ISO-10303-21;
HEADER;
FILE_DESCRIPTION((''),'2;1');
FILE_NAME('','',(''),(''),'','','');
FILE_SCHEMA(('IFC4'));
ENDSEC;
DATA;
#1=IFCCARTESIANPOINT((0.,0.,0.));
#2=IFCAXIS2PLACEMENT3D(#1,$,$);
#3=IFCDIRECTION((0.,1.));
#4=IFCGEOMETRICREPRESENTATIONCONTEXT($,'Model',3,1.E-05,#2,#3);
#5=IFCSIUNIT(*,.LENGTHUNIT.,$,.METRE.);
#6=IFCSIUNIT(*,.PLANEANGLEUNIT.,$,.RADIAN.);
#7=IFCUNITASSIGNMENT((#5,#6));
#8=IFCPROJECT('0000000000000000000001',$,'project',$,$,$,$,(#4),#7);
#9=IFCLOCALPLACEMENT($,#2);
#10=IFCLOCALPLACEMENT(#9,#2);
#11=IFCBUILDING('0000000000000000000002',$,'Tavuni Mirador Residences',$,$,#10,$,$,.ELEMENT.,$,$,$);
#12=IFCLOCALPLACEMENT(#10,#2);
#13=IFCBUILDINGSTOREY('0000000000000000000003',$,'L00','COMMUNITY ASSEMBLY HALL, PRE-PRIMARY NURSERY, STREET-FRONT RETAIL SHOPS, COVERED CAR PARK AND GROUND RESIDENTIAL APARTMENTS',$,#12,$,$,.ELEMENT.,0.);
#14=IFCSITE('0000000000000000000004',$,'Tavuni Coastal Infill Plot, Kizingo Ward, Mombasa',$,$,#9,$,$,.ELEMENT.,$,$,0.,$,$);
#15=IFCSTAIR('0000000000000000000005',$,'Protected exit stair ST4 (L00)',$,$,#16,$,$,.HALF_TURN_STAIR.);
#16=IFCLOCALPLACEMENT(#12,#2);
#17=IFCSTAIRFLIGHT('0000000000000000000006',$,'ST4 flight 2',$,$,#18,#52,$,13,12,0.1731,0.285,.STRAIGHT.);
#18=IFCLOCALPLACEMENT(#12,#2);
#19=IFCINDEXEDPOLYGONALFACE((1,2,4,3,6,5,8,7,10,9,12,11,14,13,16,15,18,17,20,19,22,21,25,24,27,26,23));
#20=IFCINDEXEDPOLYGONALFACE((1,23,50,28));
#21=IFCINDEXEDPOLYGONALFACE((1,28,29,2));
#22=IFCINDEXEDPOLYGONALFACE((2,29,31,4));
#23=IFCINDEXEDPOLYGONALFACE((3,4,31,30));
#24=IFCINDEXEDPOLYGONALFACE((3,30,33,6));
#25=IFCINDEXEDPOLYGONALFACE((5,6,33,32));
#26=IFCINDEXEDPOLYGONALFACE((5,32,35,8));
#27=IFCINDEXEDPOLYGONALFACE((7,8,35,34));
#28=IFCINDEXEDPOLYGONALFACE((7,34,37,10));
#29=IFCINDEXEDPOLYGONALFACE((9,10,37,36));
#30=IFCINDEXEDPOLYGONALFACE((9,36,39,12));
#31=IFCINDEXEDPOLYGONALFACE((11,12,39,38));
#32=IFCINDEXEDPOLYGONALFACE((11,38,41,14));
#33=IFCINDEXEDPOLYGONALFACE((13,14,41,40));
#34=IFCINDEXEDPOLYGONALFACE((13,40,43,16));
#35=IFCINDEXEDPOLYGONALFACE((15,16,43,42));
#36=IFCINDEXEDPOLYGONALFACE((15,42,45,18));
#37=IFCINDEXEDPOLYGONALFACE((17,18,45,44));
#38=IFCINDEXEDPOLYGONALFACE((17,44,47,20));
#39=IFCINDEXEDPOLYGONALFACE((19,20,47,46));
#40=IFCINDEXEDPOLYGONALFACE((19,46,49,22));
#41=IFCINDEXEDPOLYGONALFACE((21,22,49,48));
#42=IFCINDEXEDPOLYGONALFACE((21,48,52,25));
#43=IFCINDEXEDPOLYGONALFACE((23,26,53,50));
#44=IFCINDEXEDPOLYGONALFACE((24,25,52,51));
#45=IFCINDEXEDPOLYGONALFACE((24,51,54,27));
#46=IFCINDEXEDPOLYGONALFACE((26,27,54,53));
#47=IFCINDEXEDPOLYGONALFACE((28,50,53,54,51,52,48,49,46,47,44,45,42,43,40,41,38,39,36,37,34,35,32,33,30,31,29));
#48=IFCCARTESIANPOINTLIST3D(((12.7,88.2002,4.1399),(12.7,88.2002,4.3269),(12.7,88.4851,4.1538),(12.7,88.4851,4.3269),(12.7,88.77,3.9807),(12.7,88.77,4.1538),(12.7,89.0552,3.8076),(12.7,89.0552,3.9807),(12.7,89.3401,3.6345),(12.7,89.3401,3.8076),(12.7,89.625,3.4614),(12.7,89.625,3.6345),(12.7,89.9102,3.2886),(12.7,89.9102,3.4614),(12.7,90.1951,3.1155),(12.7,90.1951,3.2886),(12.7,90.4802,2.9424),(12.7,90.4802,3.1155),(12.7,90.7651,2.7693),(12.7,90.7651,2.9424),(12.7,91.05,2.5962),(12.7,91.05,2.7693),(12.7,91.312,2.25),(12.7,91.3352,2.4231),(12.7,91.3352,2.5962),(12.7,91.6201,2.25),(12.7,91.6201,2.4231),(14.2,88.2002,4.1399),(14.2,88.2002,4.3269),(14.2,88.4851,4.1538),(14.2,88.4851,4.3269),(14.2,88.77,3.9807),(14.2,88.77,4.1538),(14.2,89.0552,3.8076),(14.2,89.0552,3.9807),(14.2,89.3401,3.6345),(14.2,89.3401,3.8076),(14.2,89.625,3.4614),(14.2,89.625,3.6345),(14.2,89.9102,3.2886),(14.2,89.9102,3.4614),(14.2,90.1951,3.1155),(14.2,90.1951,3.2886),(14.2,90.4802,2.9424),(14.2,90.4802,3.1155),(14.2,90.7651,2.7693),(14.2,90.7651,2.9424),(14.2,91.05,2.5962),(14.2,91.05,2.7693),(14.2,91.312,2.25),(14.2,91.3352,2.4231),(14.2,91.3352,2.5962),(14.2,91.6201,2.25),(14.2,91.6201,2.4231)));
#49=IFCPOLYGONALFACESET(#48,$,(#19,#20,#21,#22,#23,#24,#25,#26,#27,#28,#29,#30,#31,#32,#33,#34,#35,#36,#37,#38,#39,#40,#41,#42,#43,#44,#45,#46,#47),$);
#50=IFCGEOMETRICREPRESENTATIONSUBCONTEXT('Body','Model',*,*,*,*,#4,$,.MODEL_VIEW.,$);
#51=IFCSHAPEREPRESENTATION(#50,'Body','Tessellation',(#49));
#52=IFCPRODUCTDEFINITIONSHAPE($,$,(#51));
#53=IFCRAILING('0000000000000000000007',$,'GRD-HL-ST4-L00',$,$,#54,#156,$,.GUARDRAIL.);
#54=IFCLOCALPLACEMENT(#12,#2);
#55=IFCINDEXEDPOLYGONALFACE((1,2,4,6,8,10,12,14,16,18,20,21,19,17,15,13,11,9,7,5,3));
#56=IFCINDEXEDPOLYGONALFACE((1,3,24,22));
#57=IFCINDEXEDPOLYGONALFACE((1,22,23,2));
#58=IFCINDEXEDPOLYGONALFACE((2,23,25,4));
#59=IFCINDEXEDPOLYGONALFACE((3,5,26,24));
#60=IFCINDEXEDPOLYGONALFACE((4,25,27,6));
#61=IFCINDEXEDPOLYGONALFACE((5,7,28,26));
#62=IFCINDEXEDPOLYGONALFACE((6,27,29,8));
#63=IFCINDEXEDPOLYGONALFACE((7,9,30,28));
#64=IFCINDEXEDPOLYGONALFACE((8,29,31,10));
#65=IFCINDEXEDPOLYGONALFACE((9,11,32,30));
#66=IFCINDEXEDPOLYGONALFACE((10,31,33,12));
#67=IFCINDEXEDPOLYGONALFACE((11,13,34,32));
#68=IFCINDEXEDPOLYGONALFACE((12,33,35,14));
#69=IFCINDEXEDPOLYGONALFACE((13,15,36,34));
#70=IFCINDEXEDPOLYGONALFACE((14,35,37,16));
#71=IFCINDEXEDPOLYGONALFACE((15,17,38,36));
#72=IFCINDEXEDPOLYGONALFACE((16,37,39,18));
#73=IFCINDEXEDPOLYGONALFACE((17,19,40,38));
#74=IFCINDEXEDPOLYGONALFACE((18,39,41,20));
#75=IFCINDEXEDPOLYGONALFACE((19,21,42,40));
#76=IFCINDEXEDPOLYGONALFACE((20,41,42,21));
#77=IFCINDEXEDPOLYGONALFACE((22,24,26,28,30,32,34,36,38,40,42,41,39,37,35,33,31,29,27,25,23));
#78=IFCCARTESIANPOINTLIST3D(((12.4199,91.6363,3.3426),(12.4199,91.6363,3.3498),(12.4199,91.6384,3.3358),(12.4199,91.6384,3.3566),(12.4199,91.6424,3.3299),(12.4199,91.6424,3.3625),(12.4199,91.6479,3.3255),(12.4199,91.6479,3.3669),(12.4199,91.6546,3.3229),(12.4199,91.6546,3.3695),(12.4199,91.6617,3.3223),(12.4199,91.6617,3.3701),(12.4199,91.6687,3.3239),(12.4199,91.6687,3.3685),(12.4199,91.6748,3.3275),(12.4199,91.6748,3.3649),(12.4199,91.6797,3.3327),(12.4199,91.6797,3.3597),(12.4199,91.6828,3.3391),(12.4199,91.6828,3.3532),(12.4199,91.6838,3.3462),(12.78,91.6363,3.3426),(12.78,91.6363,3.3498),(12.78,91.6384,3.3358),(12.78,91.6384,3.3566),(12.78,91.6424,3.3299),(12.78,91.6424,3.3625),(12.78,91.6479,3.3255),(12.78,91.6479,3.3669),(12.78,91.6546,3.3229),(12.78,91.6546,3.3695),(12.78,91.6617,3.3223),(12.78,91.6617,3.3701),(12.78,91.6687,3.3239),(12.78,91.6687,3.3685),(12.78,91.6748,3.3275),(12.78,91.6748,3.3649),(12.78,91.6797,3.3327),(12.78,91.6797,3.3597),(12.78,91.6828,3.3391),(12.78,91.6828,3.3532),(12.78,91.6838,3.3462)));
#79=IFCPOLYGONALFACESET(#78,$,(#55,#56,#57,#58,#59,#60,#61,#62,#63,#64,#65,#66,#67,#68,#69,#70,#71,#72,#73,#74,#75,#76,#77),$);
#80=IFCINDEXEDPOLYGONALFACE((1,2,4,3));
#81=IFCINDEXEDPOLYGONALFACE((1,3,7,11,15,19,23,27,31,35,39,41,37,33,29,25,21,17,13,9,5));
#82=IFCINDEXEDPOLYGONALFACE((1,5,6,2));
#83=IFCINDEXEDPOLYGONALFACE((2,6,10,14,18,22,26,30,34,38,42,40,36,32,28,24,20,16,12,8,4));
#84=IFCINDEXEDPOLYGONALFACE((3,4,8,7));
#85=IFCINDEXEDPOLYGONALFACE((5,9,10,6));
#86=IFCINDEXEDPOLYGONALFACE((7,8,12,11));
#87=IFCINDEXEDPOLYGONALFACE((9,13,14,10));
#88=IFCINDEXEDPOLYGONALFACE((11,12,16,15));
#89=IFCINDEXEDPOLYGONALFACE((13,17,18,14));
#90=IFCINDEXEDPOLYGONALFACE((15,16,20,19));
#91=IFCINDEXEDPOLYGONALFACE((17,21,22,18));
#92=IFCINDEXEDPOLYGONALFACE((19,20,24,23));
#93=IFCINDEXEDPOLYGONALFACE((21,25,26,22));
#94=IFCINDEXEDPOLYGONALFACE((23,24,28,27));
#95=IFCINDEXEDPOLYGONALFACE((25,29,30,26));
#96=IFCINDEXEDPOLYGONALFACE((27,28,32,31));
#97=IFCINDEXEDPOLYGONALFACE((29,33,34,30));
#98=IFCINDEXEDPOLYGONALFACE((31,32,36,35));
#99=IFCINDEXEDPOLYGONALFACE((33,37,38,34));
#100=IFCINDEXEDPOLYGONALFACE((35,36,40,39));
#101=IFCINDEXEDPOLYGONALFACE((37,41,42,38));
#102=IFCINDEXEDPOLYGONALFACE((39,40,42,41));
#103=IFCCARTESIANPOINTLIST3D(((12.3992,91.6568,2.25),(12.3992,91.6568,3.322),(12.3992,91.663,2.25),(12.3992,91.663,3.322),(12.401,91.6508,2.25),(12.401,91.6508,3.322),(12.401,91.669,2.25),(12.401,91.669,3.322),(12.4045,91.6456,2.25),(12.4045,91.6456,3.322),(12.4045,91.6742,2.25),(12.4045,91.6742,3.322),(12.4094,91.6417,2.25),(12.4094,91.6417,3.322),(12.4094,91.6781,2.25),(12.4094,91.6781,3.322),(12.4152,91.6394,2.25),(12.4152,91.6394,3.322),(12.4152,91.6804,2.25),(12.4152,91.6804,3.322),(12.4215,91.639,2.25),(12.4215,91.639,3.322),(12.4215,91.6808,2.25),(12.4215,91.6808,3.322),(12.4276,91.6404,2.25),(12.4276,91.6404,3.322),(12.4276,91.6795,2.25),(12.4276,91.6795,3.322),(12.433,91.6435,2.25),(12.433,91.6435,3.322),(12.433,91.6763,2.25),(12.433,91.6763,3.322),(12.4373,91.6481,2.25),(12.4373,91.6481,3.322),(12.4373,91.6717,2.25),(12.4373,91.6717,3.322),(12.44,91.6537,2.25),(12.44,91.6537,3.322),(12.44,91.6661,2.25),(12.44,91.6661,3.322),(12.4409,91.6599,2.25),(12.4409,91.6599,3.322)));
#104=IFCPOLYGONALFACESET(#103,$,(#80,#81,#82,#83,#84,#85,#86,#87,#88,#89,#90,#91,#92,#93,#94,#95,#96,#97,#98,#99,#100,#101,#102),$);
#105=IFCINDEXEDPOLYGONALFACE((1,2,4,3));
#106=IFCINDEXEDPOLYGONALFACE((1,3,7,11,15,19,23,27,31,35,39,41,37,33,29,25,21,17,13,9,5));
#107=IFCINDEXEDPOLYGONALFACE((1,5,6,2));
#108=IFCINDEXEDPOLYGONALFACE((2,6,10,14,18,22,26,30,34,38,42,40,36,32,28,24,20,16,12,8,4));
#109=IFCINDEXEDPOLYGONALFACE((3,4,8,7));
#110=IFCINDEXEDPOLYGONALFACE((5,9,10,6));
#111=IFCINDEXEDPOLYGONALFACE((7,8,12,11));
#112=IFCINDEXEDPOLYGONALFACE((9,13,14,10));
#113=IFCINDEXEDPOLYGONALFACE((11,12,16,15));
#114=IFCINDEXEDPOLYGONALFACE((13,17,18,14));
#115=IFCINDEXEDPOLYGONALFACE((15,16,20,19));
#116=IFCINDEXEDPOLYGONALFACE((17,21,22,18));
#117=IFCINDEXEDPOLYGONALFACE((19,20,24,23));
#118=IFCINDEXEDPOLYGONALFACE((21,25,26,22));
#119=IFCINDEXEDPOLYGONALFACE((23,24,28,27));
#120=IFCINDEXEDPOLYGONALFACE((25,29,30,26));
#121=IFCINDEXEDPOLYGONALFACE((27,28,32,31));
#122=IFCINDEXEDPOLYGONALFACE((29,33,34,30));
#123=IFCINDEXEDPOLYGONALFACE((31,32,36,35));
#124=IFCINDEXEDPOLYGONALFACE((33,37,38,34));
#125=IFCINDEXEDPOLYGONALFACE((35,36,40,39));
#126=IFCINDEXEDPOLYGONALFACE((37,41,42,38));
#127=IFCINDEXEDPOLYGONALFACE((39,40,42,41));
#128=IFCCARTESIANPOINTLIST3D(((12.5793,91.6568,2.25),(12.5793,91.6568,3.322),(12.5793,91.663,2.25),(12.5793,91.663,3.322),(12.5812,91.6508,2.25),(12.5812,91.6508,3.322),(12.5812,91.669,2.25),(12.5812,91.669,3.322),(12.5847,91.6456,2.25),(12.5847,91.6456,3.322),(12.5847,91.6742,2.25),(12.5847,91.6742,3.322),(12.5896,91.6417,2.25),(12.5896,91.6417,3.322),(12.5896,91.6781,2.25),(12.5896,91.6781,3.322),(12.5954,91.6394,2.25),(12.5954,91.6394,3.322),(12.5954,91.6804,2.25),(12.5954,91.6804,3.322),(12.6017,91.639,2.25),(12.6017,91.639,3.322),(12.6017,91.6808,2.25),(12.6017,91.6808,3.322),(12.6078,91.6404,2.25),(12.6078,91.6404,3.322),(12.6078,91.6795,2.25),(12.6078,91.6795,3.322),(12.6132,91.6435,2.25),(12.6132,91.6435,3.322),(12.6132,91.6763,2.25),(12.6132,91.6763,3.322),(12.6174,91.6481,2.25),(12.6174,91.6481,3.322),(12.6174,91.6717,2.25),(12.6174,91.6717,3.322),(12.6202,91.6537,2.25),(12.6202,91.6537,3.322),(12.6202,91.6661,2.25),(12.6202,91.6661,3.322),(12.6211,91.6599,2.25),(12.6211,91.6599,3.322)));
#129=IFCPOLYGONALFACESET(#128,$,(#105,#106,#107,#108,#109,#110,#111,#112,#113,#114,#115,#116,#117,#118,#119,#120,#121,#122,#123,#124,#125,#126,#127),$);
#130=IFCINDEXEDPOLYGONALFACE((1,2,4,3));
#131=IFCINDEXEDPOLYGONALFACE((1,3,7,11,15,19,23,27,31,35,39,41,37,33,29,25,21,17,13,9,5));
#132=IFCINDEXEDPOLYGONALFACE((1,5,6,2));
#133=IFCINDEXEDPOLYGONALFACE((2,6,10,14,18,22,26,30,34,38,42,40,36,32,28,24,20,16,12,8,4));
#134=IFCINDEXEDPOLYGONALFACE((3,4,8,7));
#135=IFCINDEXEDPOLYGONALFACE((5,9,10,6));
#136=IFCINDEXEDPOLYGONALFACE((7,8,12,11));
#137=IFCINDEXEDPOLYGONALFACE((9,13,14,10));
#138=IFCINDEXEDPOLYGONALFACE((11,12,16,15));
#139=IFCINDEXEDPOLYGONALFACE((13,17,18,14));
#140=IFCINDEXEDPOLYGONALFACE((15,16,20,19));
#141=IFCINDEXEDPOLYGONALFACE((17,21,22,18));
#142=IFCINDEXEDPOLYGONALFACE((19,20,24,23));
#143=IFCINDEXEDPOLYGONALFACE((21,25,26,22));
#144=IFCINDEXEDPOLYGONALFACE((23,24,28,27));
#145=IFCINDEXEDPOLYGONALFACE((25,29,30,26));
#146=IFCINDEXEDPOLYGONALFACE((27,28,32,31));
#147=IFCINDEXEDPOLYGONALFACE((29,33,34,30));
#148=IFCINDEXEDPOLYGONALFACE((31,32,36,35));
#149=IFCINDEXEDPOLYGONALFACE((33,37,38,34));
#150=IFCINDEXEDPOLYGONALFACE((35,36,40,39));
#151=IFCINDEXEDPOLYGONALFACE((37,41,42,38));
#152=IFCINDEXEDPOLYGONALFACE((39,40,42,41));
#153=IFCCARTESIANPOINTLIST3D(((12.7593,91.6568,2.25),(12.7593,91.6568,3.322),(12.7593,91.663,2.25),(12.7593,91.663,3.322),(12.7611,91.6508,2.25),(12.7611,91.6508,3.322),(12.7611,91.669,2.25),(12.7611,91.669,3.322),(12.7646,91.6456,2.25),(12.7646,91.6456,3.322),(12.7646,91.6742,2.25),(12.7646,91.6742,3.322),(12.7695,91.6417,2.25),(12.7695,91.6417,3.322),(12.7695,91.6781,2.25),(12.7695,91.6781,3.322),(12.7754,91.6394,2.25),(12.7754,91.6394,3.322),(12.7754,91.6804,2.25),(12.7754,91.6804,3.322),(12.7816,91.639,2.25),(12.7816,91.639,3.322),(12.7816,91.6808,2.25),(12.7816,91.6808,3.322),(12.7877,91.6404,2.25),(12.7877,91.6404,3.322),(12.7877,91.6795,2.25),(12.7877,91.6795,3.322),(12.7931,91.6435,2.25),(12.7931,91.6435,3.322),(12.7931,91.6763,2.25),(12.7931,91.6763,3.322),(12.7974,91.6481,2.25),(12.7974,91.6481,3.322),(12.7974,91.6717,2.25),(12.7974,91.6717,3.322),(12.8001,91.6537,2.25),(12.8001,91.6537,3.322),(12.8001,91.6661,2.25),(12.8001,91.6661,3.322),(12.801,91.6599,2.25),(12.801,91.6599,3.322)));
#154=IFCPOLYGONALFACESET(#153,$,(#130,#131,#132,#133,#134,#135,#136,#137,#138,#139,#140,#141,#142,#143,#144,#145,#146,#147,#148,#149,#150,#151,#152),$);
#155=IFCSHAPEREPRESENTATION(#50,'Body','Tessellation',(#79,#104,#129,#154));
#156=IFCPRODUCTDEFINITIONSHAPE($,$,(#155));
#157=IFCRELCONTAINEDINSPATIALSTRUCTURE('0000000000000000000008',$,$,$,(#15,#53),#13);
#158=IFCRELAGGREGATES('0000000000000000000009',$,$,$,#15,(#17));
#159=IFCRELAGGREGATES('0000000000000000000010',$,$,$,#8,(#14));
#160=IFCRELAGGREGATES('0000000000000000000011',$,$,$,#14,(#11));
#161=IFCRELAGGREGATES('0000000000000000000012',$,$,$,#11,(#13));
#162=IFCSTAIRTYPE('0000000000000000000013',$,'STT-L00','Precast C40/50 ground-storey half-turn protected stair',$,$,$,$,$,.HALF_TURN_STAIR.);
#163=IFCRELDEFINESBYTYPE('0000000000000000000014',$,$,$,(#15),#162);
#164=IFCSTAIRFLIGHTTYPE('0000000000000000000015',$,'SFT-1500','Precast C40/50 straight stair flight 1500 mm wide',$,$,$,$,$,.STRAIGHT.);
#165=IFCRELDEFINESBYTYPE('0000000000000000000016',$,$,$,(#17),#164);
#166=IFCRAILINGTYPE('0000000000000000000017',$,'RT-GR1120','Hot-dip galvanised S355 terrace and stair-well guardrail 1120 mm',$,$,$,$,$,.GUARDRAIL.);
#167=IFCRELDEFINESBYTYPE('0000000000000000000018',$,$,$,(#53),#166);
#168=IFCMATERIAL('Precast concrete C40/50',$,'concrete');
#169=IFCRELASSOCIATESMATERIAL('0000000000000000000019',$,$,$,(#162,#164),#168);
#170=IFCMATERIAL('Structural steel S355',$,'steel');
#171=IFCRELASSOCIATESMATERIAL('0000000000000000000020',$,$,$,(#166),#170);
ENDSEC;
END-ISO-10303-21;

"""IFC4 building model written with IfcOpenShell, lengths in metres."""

from ifc_helpers import new_model, si_unit, direction, frame, origin, origin_2d, place, context, subcontext, project, spatial, polyline, circle, outline, extrude, material, type_object, element, aggregate, save


model = new_model("IFC4")

# Units and contexts
model_context = context("Model", 3, precision=1e-05, world=origin(), true_north=direction((0.0, 1.0)))
body_context = subcontext(model_context, "Body", "Model", "MODEL_VIEW")
ifc_project = project(units=[si_unit("LENGTHUNIT", "METRE"), si_unit("PLANEANGLEUNIT", "RADIAN")], contexts=[model_context])

# Site, building, storey
site_placement = place(None, origin())
site = spatial("IfcSite", under=ifc_project, at=site_placement, Name="Tavuni Coastal Infill Plot, Kizingo Ward, Mombasa", CompositionType="ELEMENT", RefElevation=0.0)
building_placement = place(site_placement, origin())
building = spatial("IfcBuilding", under=site, at=building_placement, Name="Tavuni Mirador Residences", CompositionType="ELEMENT")
storey_placement = place(building_placement, origin())
storey = spatial("IfcBuildingStorey", under=building, at=storey_placement, Name="L00", Description="COMMUNITY ASSEMBLY HALL, PRE-PRIMARY NURSERY, STREET-FRONT RETAIL SHOPS, COVERED CAR PARK AND GROUND RESIDENTIAL APARTMENTS", CompositionType="ELEMENT", Elevation=0.0)

# Shared definitions
ifc_material_1 = material(Name="Precast concrete C40/50", Category="concrete")

# Shared definitions
ifc_material_2 = material(Name="Structural steel S355", Category="steel")

# Stair, stair flight
stair_type = type_object("IfcStairType", Name="STT-L00", Description="Precast C40/50 ground-storey half-turn protected stair", PredefinedType="HALF_TURN_STAIR", material=ifc_material_1)
stair_placement = place(storey_placement, origin())
stair = element("IfcStair", 1, at=stair_placement, inside=storey, type_object=stair_type, Name="Protected exit stair ST4 (L00)", PredefinedType="HALF_TURN_STAIR")
stair_flight_type = type_object("IfcStairFlightType", Name="SFT-1500", Description="Precast C40/50 straight stair flight 1500 mm wide", PredefinedType="STRAIGHT", material=ifc_material_1)
stair_flight_1_placement = place(storey_placement, frame((13.45, 91.6201, 2.25), z_axis=(0.0, 0.0, 1.0), x_axis=(0.0, -1.0, 0.0)))
stair_flight_1 = element("IfcStairFlight", 2, at=stair_flight_1_placement, type_object=stair_flight_type, Name="ST4 flight 2", NumberOfRisers=13, NumberOfTreads=12, PredefinedType="STRAIGHT", RiserHeight=0.1731, TreadLength=0.285, context=body_context, shape_type="SweptSolid", body=[
    extrude(outline(polyline([(0.0, 0.0), (0.0, 0.1731), (0.2849, 0.1731), (0.2849, 0.3462), (0.5701, 0.3462), (0.5701, 0.5193), (0.855, 0.5193), (0.855, 0.6924), (1.1399, 0.6924), (1.1399, 0.8655), (1.425, 0.8655), (1.425, 1.0386), (1.71, 1.0386), (1.71, 1.2114), (1.9951, 1.2114), (1.9951, 1.3845), (2.28, 1.3845), (2.28, 1.5576), (2.5649, 1.5576), (2.5649, 1.7307), (2.8501, 1.7307), (2.8501, 1.9038), (3.135, 1.9038), (3.135, 2.0769), (3.4199, 2.0769), (3.4199, 2.25), (3.4199, 1.8899), (0.3081, 0.0), (0.0, 0.0)])), frame((0.0, 0.75, 0.0), z_axis=(0.0, -1.0, 0.0), x_axis=(1.0, 0.0, 0.0)), (0.0, 0.0, 1.0), 1.5),
])
aggregate(stair, [stair_flight_1])

# Railing
railing_type_1 = type_object("IfcRailingType", Name="RT-GR1120", Description="Hot-dip galvanised S355 terrace and stair-well guardrail 1120 mm", PredefinedType="GUARDRAIL", material=ifc_material_2)
railing_1_placement = place(storey_placement, frame((12.4199, 91.6599, 2.25)))
element("IfcRailing", 3, at=railing_1_placement, inside=storey, type_object=railing_type_1, Name="GRD-HL-ST4-L00", PredefinedType="GUARDRAIL", context=body_context, shape_type="SweptSolid", body=[
    extrude(circle(Radius=0.0239, at=origin_2d()), frame((0.0, 0.0, 1.0962), z_axis=(1.0, 0.0, 0.0), x_axis=(0.0, 1.0, 0.0)), (0.0, 0.0, 1.0), 0.3601),
    extrude(circle(Radius=0.021, at=origin_2d()), origin(), (0.0, 0.0, 1.0), 1.072),
    extrude(circle(Radius=0.021, at=origin_2d()), frame((0.1802, 0.0, 0.0)), (0.0, 0.0, 1.0), 1.072),
    extrude(circle(Radius=0.021, at=origin_2d()), frame((0.3601, 0.0, 0.0)), (0.0, 0.0, 1.0), 1.072),
])

save(model, "model.ifc")
